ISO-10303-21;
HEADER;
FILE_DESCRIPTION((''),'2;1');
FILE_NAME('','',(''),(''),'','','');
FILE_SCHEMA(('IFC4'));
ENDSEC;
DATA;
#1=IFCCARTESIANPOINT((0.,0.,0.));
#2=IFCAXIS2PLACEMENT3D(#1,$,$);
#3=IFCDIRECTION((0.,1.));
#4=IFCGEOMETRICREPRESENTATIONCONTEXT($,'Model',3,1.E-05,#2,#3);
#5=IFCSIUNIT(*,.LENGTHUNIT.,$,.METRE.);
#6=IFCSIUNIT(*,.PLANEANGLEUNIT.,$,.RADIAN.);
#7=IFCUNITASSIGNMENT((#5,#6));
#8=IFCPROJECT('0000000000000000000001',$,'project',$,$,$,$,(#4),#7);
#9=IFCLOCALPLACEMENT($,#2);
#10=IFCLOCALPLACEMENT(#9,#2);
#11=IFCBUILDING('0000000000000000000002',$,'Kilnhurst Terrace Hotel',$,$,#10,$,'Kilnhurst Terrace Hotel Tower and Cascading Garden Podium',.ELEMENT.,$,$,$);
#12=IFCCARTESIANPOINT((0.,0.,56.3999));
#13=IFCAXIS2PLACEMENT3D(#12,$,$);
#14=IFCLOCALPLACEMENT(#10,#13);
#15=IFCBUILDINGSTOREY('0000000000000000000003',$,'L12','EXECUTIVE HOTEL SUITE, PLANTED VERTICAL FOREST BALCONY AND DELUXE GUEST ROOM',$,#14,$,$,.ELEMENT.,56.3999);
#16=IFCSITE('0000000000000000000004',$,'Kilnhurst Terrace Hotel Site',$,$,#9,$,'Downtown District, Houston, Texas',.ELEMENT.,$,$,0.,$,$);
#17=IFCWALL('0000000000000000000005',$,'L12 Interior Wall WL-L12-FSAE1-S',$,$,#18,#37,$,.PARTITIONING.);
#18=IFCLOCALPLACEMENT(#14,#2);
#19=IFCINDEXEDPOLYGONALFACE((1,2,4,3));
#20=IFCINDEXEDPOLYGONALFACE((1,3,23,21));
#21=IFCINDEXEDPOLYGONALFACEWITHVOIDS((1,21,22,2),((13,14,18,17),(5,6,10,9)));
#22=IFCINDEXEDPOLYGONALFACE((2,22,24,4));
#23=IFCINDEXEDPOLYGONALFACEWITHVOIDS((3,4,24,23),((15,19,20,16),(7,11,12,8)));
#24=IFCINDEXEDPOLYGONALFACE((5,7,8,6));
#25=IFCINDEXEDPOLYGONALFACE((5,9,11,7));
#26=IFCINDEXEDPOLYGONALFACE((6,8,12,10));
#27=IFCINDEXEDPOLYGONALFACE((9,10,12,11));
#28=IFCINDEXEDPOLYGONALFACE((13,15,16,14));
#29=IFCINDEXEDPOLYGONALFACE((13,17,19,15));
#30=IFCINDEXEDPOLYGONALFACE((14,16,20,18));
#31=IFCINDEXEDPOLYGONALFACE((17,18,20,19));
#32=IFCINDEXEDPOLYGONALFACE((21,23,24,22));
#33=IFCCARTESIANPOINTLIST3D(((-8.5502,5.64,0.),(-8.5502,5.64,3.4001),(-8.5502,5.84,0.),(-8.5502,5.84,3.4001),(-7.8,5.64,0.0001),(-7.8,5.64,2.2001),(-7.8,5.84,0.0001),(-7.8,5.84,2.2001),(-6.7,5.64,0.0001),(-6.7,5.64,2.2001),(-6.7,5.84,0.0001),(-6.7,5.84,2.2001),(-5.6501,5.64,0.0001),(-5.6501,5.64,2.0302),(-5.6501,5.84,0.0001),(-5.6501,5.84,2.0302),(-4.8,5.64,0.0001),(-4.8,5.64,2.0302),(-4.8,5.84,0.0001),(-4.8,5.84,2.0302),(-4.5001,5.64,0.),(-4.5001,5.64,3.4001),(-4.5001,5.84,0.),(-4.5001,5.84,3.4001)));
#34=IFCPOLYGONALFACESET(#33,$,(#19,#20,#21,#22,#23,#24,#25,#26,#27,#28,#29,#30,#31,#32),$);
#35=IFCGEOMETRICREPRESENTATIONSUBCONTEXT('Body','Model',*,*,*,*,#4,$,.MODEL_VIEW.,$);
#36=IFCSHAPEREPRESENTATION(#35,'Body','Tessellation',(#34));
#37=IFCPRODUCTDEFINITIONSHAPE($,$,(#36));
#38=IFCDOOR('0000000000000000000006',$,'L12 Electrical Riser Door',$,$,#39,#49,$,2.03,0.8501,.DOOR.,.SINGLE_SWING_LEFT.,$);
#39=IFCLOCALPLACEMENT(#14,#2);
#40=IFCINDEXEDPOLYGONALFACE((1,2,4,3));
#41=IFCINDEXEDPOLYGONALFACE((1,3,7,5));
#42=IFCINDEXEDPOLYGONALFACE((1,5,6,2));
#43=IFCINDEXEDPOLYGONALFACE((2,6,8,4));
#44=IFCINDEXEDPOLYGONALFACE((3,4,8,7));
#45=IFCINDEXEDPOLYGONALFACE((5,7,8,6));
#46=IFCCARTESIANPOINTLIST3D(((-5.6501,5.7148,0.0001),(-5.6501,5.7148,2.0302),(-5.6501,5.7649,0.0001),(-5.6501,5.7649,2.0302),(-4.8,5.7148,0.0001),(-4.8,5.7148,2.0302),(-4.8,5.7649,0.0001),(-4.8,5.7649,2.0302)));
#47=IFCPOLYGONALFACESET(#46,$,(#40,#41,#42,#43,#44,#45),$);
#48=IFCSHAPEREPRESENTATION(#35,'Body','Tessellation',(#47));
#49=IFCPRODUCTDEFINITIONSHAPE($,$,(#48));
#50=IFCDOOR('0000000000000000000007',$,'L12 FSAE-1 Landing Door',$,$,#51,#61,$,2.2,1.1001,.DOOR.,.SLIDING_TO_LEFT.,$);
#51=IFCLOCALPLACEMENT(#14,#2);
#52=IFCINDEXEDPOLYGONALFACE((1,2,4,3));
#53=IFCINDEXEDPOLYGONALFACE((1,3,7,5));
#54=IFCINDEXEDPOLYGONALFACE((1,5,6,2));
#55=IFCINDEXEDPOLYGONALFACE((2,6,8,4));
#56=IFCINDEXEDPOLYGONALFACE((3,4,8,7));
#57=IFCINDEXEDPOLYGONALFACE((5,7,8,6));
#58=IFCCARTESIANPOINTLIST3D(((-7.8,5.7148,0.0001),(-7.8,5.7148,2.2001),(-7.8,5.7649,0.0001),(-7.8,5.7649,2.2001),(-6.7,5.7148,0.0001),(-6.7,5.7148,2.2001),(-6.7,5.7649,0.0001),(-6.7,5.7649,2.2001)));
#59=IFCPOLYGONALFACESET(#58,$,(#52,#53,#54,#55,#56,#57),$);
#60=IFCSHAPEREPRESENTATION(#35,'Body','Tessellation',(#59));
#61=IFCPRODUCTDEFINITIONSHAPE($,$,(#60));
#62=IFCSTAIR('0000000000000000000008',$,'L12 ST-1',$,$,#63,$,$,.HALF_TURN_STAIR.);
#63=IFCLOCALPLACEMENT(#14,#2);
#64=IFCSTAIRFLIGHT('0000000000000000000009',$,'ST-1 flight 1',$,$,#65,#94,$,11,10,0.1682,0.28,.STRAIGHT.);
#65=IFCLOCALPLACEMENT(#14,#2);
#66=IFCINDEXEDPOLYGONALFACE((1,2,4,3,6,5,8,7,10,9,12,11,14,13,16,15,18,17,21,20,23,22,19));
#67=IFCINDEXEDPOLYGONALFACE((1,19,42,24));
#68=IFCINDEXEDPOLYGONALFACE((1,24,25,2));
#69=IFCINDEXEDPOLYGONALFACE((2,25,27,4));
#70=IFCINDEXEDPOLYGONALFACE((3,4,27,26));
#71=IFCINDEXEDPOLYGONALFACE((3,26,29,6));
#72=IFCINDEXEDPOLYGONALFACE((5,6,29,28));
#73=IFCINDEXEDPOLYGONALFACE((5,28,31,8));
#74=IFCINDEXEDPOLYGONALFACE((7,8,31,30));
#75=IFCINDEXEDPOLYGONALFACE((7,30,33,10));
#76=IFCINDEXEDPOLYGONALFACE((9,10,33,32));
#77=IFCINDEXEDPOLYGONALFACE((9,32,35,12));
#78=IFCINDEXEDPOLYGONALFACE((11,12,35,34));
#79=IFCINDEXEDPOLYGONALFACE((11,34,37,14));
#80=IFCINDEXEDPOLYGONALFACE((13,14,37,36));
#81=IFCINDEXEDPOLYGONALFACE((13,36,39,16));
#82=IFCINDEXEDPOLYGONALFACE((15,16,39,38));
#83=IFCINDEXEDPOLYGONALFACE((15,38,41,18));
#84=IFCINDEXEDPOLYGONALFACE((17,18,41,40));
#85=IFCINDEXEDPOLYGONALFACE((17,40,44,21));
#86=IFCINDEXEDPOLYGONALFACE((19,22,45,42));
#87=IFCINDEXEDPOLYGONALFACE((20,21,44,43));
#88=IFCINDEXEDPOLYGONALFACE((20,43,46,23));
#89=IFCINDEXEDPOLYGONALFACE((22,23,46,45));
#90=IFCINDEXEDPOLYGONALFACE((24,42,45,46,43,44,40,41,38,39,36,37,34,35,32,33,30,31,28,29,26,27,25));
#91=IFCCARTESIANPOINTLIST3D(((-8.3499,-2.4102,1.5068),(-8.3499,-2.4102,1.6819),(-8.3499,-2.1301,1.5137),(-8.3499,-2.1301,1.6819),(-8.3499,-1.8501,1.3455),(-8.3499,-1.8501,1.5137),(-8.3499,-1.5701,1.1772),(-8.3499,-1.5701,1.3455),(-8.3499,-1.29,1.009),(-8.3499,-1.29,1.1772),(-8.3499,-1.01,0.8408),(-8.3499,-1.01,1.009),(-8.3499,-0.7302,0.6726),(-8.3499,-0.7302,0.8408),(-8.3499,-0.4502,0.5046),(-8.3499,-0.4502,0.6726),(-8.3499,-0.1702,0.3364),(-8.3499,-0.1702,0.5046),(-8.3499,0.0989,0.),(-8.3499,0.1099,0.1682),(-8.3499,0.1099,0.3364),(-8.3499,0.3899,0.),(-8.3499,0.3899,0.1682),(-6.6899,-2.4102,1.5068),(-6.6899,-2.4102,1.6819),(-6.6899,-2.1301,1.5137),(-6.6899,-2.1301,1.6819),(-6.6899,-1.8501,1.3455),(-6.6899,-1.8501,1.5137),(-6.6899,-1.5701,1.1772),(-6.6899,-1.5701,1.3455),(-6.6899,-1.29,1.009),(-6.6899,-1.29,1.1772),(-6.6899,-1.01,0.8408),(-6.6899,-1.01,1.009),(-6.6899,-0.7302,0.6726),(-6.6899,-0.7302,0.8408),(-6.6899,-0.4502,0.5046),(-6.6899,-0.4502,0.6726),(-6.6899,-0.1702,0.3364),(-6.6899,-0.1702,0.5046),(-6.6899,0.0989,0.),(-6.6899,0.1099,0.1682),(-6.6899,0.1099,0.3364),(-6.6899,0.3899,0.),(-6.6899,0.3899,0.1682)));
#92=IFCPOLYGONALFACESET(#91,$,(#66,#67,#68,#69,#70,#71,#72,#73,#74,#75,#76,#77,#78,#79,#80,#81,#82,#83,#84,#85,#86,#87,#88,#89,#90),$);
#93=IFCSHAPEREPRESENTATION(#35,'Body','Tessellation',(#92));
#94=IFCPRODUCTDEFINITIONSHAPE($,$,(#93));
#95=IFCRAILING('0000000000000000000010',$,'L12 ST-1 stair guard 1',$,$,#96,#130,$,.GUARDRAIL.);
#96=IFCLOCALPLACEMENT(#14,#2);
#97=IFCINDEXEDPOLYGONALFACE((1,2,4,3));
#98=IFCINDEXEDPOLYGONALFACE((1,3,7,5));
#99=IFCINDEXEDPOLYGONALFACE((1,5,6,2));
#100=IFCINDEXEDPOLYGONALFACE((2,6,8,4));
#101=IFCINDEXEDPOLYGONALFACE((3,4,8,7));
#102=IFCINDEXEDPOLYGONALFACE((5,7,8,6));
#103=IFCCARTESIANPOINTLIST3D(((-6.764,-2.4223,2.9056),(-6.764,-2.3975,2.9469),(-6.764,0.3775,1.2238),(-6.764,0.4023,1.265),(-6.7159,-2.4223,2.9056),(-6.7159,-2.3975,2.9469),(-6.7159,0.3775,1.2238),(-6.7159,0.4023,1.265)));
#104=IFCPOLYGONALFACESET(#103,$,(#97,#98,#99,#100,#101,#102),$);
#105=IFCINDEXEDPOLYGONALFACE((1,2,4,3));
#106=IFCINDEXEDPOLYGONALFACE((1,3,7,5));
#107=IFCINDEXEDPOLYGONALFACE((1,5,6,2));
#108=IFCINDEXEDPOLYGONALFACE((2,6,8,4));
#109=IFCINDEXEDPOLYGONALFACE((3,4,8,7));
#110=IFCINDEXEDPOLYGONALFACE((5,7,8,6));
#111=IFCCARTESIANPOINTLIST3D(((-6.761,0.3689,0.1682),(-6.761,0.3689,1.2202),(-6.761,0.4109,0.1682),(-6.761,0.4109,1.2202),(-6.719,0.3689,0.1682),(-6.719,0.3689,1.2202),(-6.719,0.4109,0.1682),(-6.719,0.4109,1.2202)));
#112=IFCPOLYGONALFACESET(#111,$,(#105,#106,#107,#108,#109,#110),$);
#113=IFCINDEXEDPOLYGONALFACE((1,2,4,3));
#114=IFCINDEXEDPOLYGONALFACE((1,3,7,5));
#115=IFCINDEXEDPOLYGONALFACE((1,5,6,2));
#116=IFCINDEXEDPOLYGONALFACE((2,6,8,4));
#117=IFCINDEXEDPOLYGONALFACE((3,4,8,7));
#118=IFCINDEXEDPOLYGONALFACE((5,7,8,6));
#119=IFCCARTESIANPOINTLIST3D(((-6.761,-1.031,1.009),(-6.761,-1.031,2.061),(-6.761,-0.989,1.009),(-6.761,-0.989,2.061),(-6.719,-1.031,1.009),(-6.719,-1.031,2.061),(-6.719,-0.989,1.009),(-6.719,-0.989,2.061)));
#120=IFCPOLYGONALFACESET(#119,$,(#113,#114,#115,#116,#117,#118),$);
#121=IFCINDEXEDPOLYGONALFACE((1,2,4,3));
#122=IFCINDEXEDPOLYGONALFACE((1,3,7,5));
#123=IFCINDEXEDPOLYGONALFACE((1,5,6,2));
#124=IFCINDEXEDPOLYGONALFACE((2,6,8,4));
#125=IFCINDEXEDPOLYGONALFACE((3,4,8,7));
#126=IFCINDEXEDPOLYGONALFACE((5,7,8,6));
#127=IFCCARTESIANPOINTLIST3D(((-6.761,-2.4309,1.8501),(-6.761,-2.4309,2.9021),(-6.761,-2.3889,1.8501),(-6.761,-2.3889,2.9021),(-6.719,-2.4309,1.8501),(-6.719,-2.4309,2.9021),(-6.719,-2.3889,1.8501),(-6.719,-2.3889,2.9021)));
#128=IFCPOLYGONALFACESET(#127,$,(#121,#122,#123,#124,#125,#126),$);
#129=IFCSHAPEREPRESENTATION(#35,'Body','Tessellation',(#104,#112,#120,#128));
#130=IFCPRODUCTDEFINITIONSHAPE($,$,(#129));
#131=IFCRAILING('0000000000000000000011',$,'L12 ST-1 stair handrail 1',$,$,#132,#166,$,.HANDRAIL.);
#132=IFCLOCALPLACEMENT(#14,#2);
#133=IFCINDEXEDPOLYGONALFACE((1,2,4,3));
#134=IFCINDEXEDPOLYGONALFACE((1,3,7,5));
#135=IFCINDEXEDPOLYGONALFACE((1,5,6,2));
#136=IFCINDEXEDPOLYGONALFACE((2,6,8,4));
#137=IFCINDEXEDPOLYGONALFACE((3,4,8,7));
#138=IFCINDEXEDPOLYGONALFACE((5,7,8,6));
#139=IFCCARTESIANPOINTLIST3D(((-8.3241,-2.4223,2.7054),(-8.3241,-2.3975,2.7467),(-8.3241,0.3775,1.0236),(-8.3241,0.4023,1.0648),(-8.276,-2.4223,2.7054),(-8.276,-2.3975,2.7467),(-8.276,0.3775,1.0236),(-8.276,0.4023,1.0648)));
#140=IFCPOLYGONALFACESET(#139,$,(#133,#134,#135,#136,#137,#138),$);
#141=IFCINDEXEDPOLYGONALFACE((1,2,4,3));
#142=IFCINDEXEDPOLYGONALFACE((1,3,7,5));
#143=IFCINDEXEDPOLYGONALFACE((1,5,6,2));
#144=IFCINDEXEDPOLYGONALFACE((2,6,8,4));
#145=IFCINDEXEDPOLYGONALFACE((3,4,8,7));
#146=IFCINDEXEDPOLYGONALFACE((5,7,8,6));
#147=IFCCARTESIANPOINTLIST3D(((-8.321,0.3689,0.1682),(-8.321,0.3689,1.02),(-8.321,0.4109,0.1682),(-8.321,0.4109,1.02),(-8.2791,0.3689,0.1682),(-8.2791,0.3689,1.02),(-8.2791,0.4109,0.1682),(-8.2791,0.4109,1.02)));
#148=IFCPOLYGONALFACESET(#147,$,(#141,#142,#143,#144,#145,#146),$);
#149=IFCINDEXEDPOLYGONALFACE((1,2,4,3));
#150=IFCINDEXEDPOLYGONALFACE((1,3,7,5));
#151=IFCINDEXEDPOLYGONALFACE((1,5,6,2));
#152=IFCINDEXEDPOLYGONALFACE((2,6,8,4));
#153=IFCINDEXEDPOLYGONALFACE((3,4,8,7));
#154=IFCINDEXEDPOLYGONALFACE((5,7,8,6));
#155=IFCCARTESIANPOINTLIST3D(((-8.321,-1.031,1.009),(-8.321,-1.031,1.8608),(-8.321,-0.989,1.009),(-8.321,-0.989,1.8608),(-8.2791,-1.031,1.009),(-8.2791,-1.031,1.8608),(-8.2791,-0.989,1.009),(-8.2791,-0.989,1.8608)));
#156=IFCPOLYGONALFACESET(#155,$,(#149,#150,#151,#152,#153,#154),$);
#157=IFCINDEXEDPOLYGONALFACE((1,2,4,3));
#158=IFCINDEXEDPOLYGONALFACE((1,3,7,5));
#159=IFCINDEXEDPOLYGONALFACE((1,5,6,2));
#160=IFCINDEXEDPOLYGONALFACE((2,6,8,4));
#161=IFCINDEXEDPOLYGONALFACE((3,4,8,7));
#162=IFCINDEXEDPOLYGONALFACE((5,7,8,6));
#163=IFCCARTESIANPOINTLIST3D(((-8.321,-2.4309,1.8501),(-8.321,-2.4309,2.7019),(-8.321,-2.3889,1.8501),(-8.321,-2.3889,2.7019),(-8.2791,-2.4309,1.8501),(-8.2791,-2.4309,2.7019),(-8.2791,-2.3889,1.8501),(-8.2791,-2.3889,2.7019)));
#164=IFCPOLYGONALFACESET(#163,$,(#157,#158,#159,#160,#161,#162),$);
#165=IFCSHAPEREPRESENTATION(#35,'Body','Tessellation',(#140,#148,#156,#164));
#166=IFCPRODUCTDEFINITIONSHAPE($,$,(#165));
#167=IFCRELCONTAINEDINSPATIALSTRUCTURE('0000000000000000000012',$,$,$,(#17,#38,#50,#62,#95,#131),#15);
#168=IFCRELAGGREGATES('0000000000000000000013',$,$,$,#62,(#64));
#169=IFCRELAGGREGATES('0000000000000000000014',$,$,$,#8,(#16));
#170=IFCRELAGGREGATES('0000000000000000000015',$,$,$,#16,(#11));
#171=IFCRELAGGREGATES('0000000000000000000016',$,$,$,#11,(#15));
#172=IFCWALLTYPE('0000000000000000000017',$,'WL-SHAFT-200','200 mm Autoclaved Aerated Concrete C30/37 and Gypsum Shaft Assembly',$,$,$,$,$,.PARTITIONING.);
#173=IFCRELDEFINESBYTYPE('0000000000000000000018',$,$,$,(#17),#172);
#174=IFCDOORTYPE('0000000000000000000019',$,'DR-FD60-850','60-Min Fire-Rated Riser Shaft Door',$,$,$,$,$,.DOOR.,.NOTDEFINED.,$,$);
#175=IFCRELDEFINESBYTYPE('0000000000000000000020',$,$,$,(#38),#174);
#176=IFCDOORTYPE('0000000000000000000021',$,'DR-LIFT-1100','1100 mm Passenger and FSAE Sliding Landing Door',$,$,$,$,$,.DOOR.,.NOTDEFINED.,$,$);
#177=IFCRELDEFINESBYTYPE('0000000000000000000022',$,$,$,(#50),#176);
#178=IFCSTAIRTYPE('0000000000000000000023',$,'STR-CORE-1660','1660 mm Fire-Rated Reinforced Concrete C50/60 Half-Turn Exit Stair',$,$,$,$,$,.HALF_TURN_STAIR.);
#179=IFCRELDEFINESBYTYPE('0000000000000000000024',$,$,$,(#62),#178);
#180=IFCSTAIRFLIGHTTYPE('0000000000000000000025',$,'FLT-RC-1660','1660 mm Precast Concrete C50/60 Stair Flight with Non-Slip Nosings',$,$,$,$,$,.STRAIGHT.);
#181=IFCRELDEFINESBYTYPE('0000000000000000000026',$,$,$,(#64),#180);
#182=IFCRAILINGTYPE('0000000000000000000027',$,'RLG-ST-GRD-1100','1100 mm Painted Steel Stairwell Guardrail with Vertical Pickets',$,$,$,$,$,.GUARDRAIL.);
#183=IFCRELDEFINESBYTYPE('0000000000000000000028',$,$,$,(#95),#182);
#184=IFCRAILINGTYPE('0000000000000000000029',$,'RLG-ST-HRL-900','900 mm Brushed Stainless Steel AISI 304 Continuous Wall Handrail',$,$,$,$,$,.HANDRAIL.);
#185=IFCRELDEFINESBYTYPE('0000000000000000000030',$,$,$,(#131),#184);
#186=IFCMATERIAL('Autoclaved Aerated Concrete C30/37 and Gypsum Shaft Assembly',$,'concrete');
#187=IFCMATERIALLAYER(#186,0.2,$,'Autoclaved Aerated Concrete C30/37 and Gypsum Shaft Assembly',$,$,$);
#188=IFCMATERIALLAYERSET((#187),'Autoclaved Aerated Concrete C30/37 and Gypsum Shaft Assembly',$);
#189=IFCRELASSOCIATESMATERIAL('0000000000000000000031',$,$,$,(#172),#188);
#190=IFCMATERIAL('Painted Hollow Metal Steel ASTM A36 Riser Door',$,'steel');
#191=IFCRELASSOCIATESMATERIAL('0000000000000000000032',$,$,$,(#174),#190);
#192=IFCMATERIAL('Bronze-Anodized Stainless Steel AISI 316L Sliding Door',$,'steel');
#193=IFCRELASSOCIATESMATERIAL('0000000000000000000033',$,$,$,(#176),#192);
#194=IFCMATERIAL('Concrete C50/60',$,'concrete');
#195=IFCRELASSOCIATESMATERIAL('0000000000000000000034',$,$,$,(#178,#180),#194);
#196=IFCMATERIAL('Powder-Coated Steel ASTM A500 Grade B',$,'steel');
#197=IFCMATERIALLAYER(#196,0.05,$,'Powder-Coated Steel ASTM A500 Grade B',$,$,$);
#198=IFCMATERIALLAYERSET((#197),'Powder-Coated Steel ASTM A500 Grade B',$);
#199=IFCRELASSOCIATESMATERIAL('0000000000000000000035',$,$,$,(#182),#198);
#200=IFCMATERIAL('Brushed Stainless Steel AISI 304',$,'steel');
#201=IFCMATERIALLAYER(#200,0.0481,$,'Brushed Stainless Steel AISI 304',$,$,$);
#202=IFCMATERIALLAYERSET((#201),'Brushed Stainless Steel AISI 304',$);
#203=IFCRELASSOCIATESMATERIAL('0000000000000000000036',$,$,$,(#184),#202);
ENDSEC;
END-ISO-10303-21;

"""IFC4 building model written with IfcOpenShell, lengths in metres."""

from ifc_helpers import new_model, si_unit, direction, frame, frame_2d, origin, origin_2d, place, context, subcontext, project, spatial, polyline, rectangle, outline, extrude, material, layer, layer_set, type_object, element, fill, aggregate, save


model = new_model("IFC4")

# Units and contexts
model_context = context("Model", 3, precision=1e-05, world=origin(), true_north=direction((0.0, 1.0)))
body_context = subcontext(model_context, "Body", "Model", "MODEL_VIEW")
ifc_project = project(units=[si_unit("LENGTHUNIT", "METRE"), si_unit("PLANEANGLEUNIT", "RADIAN")], contexts=[model_context])

# Site, building, storey
site_placement = place(None, origin())
site = spatial("IfcSite", under=ifc_project, at=site_placement, Name="Kilnhurst Terrace Hotel Site", LongName="Downtown District, Houston, Texas", CompositionType="ELEMENT", RefElevation=0.0)
building_placement = place(site_placement, origin())
building = spatial("IfcBuilding", under=site, at=building_placement, Name="Kilnhurst Terrace Hotel", LongName="Kilnhurst Terrace Hotel Tower and Cascading Garden Podium", CompositionType="ELEMENT")
storey_placement = place(building_placement, frame((0.0, 0.0, 56.3999)))
storey = spatial("IfcBuildingStorey", under=building, at=storey_placement, Name="L12", Description="EXECUTIVE HOTEL SUITE, PLANTED VERTICAL FOREST BALCONY AND DELUXE GUEST ROOM", CompositionType="ELEMENT", Elevation=56.3999)

# Shared definitions
ifc_material_1 = material(Name="Concrete C50/60", Category="concrete")

# Wall, openings, doors
ifc_material_2 = material(Name="Autoclaved Aerated Concrete C30/37 and Gypsum Shaft Assembly", Category="concrete")
ifc_layer_1 = layer(ifc_material_2, 0.2, Name="Autoclaved Aerated Concrete C30/37 and Gypsum Shaft Assembly")
ifc_layer_set_1 = layer_set([ifc_layer_1], Name="Autoclaved Aerated Concrete C30/37 and Gypsum Shaft Assembly")
wall_type_1 = type_object("IfcWallType", Name="WL-SHAFT-200", Description="200 mm Autoclaved Aerated Concrete C30/37 and Gypsum Shaft Assembly", PredefinedType="PARTITIONING", material=ifc_layer_set_1)
wall_1_placement = place(storey_placement, frame((-8.55, 5.74, 0.0), z_axis=(0.0, 0.0, 1.0), x_axis=(1.0, 0.0, 0.0)))
wall_1 = element("IfcWall", 1, at=wall_1_placement, inside=storey, type_object=wall_type_1, Name="L12 Interior Wall WL-L12-FSAE1-S", PredefinedType="PARTITIONING", context=body_context, shape_type="SweptSolid", body=[
    extrude(rectangle(XDim=4.05, YDim=0.2, at=frame_2d((2.0249, 0.0))), origin(), (0.0, 0.0, 1.0), 3.4001),
])
opening_1_placement = place(wall_1_placement, frame((0.75, 0.0, 0.0)))
opening_1 = element("IfcOpeningElement", 2, at=opening_1_placement, cuts=wall_1, PredefinedType="OPENING", context=body_context, shape_type="SweptSolid", body=[
    extrude(rectangle(XDim=1.1001, YDim=2.2, at=frame_2d((0.55, 1.1001))), frame((0.0, 0.1099, 0.0), z_axis=(0.0, -1.0, 0.0), x_axis=(1.0, 0.0, 0.0)), (0.0, 0.0, 1.0), 0.22),
])
opening_2_placement = place(wall_1_placement, frame((2.8999, 0.0, 0.0)))
opening_2 = element("IfcOpeningElement", 3, at=opening_2_placement, cuts=wall_1, PredefinedType="OPENING", context=body_context, shape_type="SweptSolid", body=[
    extrude(rectangle(XDim=0.8501, YDim=2.03, at=frame_2d((0.425, 1.0151))), frame((0.0, 0.1099, 0.0), z_axis=(0.0, -1.0, 0.0), x_axis=(1.0, 0.0, 0.0)), (0.0, 0.0, 1.0), 0.22),
])
ifc_material_3 = material(Name="Painted Hollow Metal Steel ASTM A36 Riser Door", Category="steel")
door_type_1 = type_object("IfcDoorType", Name="DR-FD60-850", Description="60-Min Fire-Rated Riser Shaft Door", OperationType="NOTDEFINED", PredefinedType="DOOR", material=ifc_material_3)
door_1_placement = place(opening_2_placement, origin())
door_1 = element("IfcDoor", 4, at=door_1_placement, inside=storey, type_object=door_type_1, Name="L12 Electrical Riser Door", OperationType="SINGLE_SWING_LEFT", OverallHeight=2.03, OverallWidth=0.8501, PredefinedType="DOOR", context=body_context, shape_type="SweptSolid", body=[
    extrude(rectangle(XDim=0.8501, YDim=2.03, at=frame_2d((0.425, 1.0151))), frame((0.0, 0.0249, 0.0), z_axis=(0.0, -1.0, 0.0), x_axis=(1.0, 0.0, 0.0)), (0.0, 0.0, 1.0), 0.05),
])
fill(opening_2, door_1)
ifc_material_4 = material(Name="Bronze-Anodized Stainless Steel AISI 316L Sliding Door", Category="steel")
door_type_2 = type_object("IfcDoorType", Name="DR-LIFT-1100", Description="1100 mm Passenger and FSAE Sliding Landing Door", OperationType="NOTDEFINED", PredefinedType="DOOR", material=ifc_material_4)
door_2_placement = place(opening_1_placement, origin())
door_2 = element("IfcDoor", 5, at=door_2_placement, inside=storey, type_object=door_type_2, Name="L12 FSAE-1 Landing Door", OperationType="SLIDING_TO_LEFT", OverallHeight=2.2, OverallWidth=1.1001, PredefinedType="DOOR", context=body_context, shape_type="SweptSolid", body=[
    extrude(rectangle(XDim=1.1001, YDim=2.2, at=frame_2d((0.55, 1.1001))), frame((0.0, 0.0249, 0.0), z_axis=(0.0, -1.0, 0.0), x_axis=(1.0, 0.0, 0.0)), (0.0, 0.0, 1.0), 0.05),
])
fill(opening_1, door_2)

# Stair, stair flight
stair_type = type_object("IfcStairType", Name="STR-CORE-1660", Description="1660 mm Fire-Rated Reinforced Concrete C50/60 Half-Turn Exit Stair", PredefinedType="HALF_TURN_STAIR", material=ifc_material_1)
stair_placement = place(storey_placement, origin())
stair = element("IfcStair", 6, at=stair_placement, inside=storey, type_object=stair_type, Name="L12 ST-1", PredefinedType="HALF_TURN_STAIR")
stair_flight_type = type_object("IfcStairFlightType", Name="FLT-RC-1660", Description="1660 mm Precast Concrete C50/60 Stair Flight with Non-Slip Nosings", PredefinedType="STRAIGHT", material=ifc_material_1)
stair_flight_placement = place(storey_placement, frame((-7.52, 0.3899, 0.0), z_axis=(0.0, 0.0, 1.0), x_axis=(0.0, -1.0, 0.0)))
stair_flight = element("IfcStairFlight", 7, at=stair_flight_placement, type_object=stair_flight_type, Name="ST-1 flight 1", NumberOfRisers=11, NumberOfTreads=10, PredefinedType="STRAIGHT", RiserHeight=0.1682, TreadLength=0.28, context=body_context, shape_type="SweptSolid", body=[
    extrude(outline(polyline([(0.0, 0.0), (0.0, 0.1682), (0.28, 0.1682), (0.28, 0.3364), (0.5601, 0.3364), (0.5601, 0.5046), (0.8401, 0.5046), (0.8401, 0.6726), (1.1201, 0.6726), (1.1201, 0.8408), (1.3999, 0.8408), (1.3999, 1.009), (1.6799, 1.009), (1.6799, 1.1772), (1.96, 1.1772), (1.96, 1.3455), (2.24, 1.3455), (2.24, 1.5137), (2.52, 1.5137), (2.52, 1.6819), (2.8, 1.6819), (2.8, 1.8501), (2.8, 1.5068), (0.291, 0.0), (0.0, 0.0)])), frame((0.0, 0.8301, 0.0), z_axis=(0.0, -1.0, 0.0), x_axis=(1.0, 0.0, 0.0)), (0.0, 0.0, 1.0), 1.6599),
])
aggregate(stair, [stair_flight])

# Railings
ifc_material_5 = material(Name="Powder-Coated Steel ASTM A500 Grade B", Category="steel")
ifc_layer_2 = layer(ifc_material_5, 0.05, Name="Powder-Coated Steel ASTM A500 Grade B")
ifc_layer_set_2 = layer_set([ifc_layer_2], Name="Powder-Coated Steel ASTM A500 Grade B")
railing_type_1 = type_object("IfcRailingType", Name="RLG-ST-GRD-1100", Description="1100 mm Painted Steel Stairwell Guardrail with Vertical Pickets", PredefinedType="GUARDRAIL", material=ifc_layer_set_2)
railing_1_placement = place(storey_placement, frame((-6.74, 0.3899, 0.1682)))
element("IfcRailing", 8, at=railing_1_placement, inside=storey, type_object=railing_type_1, Name="L12 ST-1 stair guard 1", PredefinedType="GUARDRAIL", context=body_context, shape_type="SweptSolid", body=[
    extrude(rectangle(XDim=0.0481, YDim=0.0481, at=origin_2d()), frame((0.0, 0.0, 1.0762), z_axis=(0.0, -0.857222, 0.514946), x_axis=(1.0, 0.0, 0.0)), (0.0, 0.0, 1.0), 3.2661),
    extrude(rectangle(XDim=0.042, YDim=0.042, at=origin_2d()), origin(), (0.0, 0.0, 1.0), 1.052),
    extrude(rectangle(XDim=0.042, YDim=0.042, at=origin_2d()), frame((0.0, -1.3999, 0.8408)), (0.0, 0.0, 1.0), 1.052),
    extrude(rectangle(XDim=0.042, YDim=0.042, at=origin_2d()), frame((0.0, -2.7998, 1.6819)), (0.0, 0.0, 1.0), 1.052),
])
ifc_material_6 = material(Name="Brushed Stainless Steel AISI 304", Category="steel")
ifc_layer_3 = layer(ifc_material_6, 0.0481, Name="Brushed Stainless Steel AISI 304")
ifc_layer_set_3 = layer_set([ifc_layer_3], Name="Brushed Stainless Steel AISI 304")
railing_type_2 = type_object("IfcRailingType", Name="RLG-ST-HRL-900", Description="900 mm Brushed Stainless Steel AISI 304 Continuous Wall Handrail", PredefinedType="HANDRAIL", material=ifc_layer_set_3)
railing_2_placement = place(storey_placement, frame((-8.3, 0.3899, 0.1682)))
element("IfcRailing", 9, at=railing_2_placement, inside=storey, type_object=railing_type_2, Name="L12 ST-1 stair handrail 1", PredefinedType="HANDRAIL", context=body_context, shape_type="SweptSolid", body=[
    extrude(rectangle(XDim=0.0481, YDim=0.0481, at=origin_2d()), frame((0.0, 0.0, 0.876), z_axis=(0.0, -0.857222, 0.514946), x_axis=(1.0, 0.0, 0.0)), (0.0, 0.0, 1.0), 3.2661),
    extrude(rectangle(XDim=0.042, YDim=0.042, at=origin_2d()), origin(), (0.0, 0.0, 1.0), 0.8518),
    extrude(rectangle(XDim=0.042, YDim=0.042, at=origin_2d()), frame((0.0, -1.3999, 0.8408)), (0.0, 0.0, 1.0), 0.8518),
    extrude(rectangle(XDim=0.042, YDim=0.042, at=origin_2d()), frame((0.0, -2.7998, 1.6819)), (0.0, 0.0, 1.0), 0.8518),
])

save(model, "model.ifc")
